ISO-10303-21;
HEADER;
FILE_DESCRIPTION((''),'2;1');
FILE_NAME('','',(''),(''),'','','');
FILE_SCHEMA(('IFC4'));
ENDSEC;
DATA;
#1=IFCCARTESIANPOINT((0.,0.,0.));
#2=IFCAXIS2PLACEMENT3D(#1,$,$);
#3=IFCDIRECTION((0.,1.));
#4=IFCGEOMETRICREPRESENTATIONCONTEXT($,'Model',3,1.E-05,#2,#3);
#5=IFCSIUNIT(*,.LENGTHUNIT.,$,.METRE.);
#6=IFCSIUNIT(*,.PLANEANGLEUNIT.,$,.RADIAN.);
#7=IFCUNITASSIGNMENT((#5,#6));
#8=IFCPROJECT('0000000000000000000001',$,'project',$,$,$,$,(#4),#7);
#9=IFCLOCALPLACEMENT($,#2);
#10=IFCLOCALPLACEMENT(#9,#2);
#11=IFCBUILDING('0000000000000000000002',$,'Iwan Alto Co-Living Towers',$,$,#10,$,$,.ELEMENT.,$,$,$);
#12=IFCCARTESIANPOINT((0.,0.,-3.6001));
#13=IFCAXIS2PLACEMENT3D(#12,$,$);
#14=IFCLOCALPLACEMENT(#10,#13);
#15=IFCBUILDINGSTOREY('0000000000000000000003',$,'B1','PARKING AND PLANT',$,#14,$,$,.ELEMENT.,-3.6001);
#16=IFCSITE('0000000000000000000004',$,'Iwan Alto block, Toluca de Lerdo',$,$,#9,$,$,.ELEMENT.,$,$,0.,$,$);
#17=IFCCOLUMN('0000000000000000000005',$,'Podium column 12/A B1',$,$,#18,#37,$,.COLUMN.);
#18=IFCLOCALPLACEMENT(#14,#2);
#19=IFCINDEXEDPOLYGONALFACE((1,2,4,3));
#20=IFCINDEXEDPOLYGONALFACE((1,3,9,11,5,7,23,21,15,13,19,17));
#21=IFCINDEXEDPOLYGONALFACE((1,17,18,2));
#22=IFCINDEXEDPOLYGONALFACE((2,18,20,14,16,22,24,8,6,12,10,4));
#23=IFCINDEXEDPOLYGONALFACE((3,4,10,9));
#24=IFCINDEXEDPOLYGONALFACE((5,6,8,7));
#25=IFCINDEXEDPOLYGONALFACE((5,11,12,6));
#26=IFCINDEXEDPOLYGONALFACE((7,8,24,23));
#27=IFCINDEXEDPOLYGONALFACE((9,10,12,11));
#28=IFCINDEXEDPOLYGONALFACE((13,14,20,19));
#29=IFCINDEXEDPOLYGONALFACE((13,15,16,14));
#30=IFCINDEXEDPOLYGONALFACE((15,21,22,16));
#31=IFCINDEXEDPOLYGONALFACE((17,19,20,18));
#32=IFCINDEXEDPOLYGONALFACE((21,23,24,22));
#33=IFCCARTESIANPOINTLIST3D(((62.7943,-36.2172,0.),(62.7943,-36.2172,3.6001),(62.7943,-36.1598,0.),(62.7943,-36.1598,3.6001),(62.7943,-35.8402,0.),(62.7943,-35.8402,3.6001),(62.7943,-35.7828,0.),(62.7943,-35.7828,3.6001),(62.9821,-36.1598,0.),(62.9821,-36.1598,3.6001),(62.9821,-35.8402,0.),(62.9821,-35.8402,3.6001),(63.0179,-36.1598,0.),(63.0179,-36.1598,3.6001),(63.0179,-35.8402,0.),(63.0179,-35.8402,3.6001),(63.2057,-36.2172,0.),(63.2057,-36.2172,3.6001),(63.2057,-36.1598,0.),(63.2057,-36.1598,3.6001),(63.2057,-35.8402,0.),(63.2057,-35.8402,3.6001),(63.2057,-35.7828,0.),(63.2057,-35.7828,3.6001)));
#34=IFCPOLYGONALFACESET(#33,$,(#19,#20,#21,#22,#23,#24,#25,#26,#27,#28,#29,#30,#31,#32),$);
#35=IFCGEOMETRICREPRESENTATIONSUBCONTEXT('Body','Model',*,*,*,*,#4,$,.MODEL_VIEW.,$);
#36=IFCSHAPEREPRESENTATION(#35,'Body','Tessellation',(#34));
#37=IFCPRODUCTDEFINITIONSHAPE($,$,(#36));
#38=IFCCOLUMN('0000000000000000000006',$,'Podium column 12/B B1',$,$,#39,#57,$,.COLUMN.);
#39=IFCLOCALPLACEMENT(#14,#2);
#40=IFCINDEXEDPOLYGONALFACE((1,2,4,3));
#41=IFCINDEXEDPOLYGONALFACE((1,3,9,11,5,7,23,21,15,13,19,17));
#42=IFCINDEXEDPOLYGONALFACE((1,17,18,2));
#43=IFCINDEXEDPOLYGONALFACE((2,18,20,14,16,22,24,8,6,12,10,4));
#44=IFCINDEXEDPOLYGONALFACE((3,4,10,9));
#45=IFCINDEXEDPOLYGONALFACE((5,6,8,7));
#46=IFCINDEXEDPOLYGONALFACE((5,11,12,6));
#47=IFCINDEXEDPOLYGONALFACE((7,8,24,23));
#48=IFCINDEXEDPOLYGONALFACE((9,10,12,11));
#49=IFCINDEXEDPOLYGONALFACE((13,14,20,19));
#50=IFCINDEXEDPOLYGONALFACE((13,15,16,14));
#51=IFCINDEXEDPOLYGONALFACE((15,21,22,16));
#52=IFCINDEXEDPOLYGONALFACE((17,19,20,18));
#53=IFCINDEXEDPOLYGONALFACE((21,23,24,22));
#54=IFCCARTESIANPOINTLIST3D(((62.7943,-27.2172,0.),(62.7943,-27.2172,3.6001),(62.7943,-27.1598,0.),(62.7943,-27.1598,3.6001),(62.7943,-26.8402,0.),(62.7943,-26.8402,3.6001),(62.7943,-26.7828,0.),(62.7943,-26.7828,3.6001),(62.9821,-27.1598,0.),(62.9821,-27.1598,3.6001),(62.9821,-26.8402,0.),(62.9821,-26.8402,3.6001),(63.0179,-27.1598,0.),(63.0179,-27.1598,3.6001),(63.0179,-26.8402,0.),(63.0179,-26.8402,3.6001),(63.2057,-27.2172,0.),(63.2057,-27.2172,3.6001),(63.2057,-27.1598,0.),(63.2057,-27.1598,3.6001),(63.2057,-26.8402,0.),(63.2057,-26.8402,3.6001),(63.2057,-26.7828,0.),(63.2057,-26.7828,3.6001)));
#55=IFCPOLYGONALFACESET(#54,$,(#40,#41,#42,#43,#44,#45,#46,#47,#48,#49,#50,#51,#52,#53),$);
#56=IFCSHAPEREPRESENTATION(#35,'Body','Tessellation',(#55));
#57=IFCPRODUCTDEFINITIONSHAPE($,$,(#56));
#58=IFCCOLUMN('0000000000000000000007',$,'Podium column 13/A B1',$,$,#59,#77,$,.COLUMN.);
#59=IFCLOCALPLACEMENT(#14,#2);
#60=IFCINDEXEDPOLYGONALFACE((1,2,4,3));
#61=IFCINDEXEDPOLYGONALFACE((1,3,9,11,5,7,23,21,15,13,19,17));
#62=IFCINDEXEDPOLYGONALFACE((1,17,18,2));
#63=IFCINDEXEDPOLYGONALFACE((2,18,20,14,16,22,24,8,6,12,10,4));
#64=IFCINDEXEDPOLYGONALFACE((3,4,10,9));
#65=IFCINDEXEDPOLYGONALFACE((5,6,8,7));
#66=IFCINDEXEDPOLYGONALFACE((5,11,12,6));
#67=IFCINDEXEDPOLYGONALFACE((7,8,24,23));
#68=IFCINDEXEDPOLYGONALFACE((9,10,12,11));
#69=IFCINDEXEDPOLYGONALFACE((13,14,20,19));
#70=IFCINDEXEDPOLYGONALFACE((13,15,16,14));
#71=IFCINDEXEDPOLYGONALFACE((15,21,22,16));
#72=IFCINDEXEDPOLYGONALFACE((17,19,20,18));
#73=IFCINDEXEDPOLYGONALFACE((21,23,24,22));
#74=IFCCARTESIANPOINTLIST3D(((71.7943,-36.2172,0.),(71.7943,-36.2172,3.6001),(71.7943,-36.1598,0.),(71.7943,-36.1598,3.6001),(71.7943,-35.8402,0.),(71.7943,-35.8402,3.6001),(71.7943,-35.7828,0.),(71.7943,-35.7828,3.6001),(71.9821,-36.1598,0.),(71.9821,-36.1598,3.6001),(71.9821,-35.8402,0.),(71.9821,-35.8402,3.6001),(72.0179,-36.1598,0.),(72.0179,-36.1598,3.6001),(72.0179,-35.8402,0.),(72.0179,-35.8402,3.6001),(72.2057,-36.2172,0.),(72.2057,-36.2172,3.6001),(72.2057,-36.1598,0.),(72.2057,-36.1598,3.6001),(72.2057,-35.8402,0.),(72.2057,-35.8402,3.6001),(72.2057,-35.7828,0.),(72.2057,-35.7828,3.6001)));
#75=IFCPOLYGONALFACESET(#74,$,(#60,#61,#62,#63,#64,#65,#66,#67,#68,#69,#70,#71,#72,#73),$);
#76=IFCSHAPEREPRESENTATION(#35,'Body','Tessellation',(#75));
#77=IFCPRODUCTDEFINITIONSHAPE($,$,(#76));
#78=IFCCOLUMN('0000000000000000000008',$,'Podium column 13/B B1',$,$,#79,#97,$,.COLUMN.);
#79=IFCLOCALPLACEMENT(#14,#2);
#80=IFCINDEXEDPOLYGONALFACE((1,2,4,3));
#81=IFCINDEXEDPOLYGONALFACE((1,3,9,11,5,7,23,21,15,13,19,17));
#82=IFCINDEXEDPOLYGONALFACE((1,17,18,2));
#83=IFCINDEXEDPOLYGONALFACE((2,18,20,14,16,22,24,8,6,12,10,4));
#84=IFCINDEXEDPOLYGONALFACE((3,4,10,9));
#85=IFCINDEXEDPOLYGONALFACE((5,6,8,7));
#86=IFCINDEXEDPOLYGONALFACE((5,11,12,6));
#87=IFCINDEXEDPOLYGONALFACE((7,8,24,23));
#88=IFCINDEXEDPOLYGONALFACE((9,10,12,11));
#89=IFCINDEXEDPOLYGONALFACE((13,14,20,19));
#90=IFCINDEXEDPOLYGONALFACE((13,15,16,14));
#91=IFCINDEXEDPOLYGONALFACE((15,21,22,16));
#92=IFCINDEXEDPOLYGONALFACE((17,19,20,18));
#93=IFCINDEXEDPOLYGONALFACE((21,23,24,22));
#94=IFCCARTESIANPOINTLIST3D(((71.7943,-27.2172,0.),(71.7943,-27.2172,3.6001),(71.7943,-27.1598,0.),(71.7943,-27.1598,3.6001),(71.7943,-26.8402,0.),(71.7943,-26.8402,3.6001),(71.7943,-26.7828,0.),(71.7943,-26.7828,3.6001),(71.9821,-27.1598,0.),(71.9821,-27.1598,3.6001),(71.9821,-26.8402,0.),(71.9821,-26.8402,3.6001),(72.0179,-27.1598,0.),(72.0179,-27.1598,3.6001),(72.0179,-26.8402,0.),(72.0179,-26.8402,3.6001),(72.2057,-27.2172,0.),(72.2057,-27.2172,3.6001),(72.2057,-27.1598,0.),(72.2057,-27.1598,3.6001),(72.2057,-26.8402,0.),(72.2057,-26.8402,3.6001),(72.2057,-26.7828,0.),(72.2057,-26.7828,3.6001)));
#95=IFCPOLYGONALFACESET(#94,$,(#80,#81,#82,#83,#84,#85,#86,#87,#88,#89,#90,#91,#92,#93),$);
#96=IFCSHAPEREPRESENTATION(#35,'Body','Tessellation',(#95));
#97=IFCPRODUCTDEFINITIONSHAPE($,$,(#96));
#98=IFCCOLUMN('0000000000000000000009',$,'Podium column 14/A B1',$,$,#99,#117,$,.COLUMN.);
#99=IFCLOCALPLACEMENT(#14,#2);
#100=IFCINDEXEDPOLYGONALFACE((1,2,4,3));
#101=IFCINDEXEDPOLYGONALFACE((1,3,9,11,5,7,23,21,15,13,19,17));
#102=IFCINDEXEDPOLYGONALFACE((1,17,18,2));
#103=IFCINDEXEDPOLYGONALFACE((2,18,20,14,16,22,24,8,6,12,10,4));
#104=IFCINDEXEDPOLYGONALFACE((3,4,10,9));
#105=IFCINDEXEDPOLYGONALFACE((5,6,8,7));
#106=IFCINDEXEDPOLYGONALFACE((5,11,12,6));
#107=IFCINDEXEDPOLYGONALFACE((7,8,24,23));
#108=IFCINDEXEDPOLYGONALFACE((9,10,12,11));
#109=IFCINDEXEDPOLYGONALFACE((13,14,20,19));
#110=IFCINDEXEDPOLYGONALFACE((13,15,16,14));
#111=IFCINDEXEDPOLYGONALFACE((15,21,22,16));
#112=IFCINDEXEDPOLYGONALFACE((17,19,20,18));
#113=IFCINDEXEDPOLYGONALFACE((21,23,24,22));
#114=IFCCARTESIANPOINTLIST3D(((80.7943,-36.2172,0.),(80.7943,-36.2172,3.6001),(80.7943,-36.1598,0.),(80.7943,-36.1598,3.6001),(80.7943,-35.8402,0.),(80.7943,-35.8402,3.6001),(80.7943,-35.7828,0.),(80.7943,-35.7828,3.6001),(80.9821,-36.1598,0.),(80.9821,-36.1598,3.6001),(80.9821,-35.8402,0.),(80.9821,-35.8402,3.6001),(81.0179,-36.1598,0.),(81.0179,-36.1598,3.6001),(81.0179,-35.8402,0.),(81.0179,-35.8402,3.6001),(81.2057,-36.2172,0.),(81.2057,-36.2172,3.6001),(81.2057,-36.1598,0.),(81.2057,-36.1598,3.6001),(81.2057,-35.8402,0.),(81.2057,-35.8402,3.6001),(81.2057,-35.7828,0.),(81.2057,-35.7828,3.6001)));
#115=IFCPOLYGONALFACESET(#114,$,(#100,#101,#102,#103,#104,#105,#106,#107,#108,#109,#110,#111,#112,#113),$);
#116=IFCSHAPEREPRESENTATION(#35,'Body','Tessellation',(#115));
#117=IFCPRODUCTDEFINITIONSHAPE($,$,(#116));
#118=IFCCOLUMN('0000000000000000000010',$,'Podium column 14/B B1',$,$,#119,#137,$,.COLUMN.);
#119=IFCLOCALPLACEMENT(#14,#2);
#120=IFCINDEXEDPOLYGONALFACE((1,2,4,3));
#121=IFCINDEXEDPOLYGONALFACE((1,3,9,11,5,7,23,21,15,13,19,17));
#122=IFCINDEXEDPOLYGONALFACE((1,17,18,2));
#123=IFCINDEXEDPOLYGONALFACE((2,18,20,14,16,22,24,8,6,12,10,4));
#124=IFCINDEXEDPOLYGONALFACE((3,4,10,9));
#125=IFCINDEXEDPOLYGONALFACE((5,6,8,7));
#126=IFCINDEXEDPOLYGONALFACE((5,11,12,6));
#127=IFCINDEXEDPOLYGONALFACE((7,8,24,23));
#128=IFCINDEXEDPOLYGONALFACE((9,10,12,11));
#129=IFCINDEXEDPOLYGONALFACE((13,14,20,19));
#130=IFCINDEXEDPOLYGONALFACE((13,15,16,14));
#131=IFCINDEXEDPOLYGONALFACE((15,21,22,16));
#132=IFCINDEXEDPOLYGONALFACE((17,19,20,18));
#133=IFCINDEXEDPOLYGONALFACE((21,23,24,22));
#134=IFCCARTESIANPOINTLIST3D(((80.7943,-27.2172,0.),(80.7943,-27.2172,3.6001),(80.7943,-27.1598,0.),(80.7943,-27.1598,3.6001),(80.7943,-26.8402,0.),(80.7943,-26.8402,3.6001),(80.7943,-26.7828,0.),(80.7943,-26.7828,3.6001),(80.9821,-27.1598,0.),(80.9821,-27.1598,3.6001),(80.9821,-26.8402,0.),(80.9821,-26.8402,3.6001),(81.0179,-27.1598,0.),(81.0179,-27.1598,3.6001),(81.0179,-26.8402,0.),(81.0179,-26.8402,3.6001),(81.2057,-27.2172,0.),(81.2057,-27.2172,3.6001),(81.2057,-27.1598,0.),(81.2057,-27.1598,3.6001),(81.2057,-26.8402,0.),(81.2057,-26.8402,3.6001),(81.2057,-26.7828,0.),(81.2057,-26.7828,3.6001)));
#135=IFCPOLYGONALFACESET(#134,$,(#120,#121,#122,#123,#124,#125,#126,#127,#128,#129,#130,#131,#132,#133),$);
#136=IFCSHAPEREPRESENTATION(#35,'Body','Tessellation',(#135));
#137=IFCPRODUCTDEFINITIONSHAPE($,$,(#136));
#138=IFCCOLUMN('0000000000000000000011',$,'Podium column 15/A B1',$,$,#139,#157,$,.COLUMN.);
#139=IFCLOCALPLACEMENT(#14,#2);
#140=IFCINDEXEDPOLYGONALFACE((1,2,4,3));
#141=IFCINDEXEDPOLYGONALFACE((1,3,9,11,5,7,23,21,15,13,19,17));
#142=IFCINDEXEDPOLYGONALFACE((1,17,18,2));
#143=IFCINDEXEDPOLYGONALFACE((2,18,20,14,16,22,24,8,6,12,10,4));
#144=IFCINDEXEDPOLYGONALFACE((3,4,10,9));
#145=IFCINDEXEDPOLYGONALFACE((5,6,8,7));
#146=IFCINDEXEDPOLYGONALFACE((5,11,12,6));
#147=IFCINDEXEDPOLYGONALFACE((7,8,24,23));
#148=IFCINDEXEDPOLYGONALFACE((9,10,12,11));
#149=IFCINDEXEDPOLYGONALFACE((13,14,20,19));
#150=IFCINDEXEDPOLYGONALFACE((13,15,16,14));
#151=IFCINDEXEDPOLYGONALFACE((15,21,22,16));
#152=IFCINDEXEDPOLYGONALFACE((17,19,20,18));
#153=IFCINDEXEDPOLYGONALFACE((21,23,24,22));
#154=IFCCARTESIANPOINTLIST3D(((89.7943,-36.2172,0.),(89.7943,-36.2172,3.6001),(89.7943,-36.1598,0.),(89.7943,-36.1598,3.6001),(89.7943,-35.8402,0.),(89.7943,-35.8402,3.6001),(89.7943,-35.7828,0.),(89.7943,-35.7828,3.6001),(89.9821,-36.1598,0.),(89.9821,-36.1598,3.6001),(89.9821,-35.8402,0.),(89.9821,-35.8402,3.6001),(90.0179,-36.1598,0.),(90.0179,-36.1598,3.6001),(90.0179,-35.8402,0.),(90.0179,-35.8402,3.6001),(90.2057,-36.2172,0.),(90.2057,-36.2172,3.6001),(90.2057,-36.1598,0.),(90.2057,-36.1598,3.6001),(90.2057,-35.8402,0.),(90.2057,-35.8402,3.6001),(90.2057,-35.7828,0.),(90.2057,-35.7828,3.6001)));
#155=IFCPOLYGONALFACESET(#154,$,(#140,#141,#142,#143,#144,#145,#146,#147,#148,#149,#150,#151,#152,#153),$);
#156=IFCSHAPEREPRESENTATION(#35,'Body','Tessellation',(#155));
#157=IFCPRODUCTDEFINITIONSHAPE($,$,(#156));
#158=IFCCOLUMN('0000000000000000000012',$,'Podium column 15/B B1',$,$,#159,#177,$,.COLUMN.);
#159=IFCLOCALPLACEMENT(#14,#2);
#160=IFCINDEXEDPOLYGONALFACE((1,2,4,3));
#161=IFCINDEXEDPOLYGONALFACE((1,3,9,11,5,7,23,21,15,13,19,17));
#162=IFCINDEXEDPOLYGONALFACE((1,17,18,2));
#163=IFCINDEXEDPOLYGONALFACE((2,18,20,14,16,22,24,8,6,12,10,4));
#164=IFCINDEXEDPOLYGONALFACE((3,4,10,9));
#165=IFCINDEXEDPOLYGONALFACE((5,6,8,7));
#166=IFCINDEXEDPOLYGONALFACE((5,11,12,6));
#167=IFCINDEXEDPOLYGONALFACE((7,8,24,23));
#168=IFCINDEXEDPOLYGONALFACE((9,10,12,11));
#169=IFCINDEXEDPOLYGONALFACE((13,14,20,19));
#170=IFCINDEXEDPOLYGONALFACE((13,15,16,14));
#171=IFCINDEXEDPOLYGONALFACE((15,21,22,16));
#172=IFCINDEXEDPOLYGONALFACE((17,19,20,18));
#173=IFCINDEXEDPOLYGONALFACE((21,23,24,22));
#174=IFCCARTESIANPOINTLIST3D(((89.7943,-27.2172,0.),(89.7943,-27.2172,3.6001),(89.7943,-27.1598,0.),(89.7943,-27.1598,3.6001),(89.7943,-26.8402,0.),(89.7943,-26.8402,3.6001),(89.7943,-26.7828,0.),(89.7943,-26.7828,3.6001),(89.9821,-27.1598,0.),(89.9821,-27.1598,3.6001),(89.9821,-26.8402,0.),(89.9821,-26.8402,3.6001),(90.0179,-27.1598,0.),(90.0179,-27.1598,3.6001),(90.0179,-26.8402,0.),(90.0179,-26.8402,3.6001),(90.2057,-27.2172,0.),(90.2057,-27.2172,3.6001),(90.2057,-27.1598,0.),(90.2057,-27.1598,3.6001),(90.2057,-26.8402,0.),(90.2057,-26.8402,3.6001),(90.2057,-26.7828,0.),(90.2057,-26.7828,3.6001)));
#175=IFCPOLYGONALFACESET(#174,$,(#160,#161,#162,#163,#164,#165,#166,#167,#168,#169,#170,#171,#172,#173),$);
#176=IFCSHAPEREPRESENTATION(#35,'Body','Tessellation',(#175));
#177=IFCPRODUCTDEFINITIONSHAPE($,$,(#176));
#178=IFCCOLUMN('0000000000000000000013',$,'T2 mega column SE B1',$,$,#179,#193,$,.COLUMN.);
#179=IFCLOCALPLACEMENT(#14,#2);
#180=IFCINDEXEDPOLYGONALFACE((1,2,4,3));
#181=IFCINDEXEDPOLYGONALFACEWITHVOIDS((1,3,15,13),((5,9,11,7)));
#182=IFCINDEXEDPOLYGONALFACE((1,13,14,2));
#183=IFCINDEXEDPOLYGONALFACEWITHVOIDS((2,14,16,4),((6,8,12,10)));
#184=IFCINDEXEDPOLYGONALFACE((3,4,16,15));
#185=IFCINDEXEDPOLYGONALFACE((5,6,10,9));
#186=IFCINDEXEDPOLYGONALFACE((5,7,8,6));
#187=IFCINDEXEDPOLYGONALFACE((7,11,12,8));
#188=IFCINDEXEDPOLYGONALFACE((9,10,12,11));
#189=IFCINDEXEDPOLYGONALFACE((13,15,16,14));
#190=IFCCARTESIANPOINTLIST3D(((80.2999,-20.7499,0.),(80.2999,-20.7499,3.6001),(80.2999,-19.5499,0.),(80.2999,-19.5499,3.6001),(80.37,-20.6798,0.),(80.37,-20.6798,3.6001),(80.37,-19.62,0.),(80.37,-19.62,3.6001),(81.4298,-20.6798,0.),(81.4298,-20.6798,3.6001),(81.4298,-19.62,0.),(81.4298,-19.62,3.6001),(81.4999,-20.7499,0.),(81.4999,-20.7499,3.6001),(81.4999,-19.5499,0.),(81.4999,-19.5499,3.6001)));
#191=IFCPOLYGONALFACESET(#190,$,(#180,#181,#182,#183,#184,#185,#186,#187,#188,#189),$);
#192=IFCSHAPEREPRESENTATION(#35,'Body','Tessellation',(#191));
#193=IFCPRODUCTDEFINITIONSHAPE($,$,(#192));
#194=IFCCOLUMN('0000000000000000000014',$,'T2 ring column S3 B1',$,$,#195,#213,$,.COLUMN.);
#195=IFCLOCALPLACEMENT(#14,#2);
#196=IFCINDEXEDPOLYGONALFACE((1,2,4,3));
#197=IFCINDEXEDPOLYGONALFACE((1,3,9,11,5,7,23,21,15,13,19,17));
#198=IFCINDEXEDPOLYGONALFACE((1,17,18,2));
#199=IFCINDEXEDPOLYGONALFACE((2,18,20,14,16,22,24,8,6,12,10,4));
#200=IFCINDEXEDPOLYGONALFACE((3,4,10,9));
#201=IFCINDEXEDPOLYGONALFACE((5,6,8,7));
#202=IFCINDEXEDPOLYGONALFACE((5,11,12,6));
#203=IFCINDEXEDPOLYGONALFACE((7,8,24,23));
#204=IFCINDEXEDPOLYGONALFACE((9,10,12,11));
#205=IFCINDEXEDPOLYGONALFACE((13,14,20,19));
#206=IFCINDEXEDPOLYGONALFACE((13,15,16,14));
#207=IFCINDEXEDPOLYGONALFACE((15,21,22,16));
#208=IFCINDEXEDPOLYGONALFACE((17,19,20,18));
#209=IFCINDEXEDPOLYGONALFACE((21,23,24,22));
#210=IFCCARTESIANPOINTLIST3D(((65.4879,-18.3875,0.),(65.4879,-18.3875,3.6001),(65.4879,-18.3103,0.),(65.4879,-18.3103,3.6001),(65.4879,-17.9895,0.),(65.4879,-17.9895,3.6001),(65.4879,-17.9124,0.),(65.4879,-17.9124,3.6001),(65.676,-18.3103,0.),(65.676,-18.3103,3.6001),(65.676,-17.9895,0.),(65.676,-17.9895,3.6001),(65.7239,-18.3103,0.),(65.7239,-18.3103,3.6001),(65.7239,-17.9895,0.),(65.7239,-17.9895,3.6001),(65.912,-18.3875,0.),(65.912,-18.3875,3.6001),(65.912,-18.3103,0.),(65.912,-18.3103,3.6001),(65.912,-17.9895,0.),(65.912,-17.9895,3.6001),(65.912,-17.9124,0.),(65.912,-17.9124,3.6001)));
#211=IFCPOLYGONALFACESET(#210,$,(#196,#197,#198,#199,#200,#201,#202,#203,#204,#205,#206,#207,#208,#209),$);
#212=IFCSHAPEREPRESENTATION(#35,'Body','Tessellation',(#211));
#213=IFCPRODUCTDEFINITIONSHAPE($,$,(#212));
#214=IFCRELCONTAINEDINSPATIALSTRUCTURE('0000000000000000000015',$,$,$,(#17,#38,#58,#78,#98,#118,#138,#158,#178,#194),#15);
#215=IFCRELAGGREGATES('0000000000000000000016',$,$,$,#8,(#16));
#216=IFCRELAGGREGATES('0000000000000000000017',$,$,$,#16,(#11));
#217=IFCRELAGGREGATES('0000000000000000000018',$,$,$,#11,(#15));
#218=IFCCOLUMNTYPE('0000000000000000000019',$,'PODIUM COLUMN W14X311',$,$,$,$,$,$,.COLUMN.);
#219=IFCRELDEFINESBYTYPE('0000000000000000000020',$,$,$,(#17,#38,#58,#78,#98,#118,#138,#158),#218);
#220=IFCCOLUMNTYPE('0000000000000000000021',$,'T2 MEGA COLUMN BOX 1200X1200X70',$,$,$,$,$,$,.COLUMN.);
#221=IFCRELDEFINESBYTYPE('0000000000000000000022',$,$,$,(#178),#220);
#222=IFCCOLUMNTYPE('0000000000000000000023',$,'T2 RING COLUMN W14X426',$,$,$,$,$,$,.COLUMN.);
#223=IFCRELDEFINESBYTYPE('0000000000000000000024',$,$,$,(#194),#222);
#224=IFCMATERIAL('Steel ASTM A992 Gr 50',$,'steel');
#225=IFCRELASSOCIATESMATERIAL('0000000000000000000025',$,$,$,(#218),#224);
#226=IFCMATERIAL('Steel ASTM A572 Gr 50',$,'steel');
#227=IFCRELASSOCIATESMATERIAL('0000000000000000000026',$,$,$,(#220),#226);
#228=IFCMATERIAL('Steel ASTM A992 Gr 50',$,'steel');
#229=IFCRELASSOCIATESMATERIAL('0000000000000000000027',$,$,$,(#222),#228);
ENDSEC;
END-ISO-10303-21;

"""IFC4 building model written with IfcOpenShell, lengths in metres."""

from ifc_helpers import new_model, si_unit, direction, frame, origin, origin_2d, place, context, subcontext, project, spatial, hollow_rectangle, i_section, extrude, material, material_profile, profile_set, type_object, element, save


model = new_model("IFC4")

# Units and contexts
model_context = context("Model", 3, precision=1e-05, world=origin(), true_north=direction((0.0, 1.0)))
body_context = subcontext(model_context, "Body", "Model", "MODEL_VIEW")
ifc_project = project(units=[si_unit("LENGTHUNIT", "METRE"), si_unit("PLANEANGLEUNIT", "RADIAN")], contexts=[model_context])

# Site, building, storey
site_placement = place(None, origin())
site = spatial("IfcSite", under=ifc_project, at=site_placement, Name="Iwan Alto block, Toluca de Lerdo", CompositionType="ELEMENT", RefElevation=0.0)
building_placement = place(site_placement, origin())
building = spatial("IfcBuilding", under=site, at=building_placement, Name="Iwan Alto Co-Living Towers", CompositionType="ELEMENT")
storey_placement = place(building_placement, frame((0.0, 0.0, -3.6001)))
storey = spatial("IfcBuildingStorey", under=building, at=storey_placement, Name="B1", Description="PARKING AND PLANT", CompositionType="ELEMENT", Elevation=-3.6001)

# Columns
ifc_material_1 = material(Name="Steel ASTM A992 Gr 50", Category="steel")
ifc_material_profile_1 = material_profile(ifc_material_1, i_section(OverallWidth=0.4114, OverallDepth=0.4343, WebThickness=0.0359, FlangeThickness=0.0574, at=origin_2d()), Name="W14X311")
ifc_profile_set_1 = profile_set([ifc_material_profile_1], Name="Steel ASTM A992 Gr 50")
column_type_1 = type_object("IfcColumnType", Name="PODIUM COLUMN W14X311", PredefinedType="COLUMN", material=ifc_profile_set_1)
for number, where, z_axis, x_axis, name in (
    (1, (63.0, -36.0, 0.0), (0.0, 0.0, 1.0), (1.0, 0.0, 0.0), "Podium column 12/A B1"),
    (2, (63.0, -27.0, 0.0), (0.0, 0.0, 1.0), (1.0, 0.0, 0.0), "Podium column 12/B B1"),
    (3, (72.0, -36.0, 0.0), (0.0, 0.0, 1.0), (1.0, 0.0, 0.0), "Podium column 13/A B1"),
    (4, (72.0, -27.0, 0.0), (0.0, 0.0, 1.0), (1.0, 0.0, 0.0), "Podium column 13/B B1"),
    (5, (81.0, -36.0, 0.0), (0.0, 0.0, 1.0), (1.0, 0.0, 0.0), "Podium column 14/A B1"),
    (6, (81.0, -27.0, 0.0), (0.0, 0.0, 1.0), (1.0, 0.0, 0.0), "Podium column 14/B B1"),
    (7, (90.0, -36.0, 0.0), (0.0, 0.0, 1.0), (1.0, 0.0, 0.0), "Podium column 15/A B1"),
    (8, (90.0, -27.0, 0.0), (0.0, 0.0, 1.0), (1.0, 0.0, 0.0), "Podium column 15/B B1"),
):
    element("IfcColumn", number, at=place(storey_placement, frame(where, z_axis=z_axis, x_axis=x_axis)), inside=storey, type_object=column_type_1, Name=name, PredefinedType="COLUMN", context=body_context, shape_type="SweptSolid", body=[
        extrude(i_section(OverallWidth=0.4114, OverallDepth=0.4343, WebThickness=0.0359, FlangeThickness=0.0574, at=origin_2d()), origin(), (0.0, 0.0, 1.0), 3.6001),
    ])
ifc_material_2 = material(Name="Steel ASTM A572 Gr 50", Category="steel")
ifc_material_profile_2 = material_profile(ifc_material_2, hollow_rectangle(XDim=1.2, YDim=1.2, WallThickness=0.0701, at=origin_2d()), Name="BOX 1200X1200X70")
ifc_profile_set_2 = profile_set([ifc_material_profile_2], Name="Steel ASTM A572 Gr 50")
column_type_2 = type_object("IfcColumnType", Name="T2 MEGA COLUMN BOX 1200X1200X70", PredefinedType="COLUMN", material=ifc_profile_set_2)
column_placement = place(storey_placement, frame((80.8999, -20.1499, 0.0), z_axis=(0.0, 0.0, 1.0), x_axis=(1.0, 0.0, 0.0)))
element("IfcColumn", 9, at=column_placement, inside=storey, type_object=column_type_2, Name="T2 mega column SE B1", PredefinedType="COLUMN", context=body_context, shape_type="SweptSolid", body=[
    extrude(hollow_rectangle(XDim=1.2, YDim=1.2, WallThickness=0.0701, at=origin_2d()), origin(), (0.0, 0.0, 1.0), 3.6001),
])
ifc_material_3 = material(Name="Steel ASTM A992 Gr 50", Category="steel")
ifc_material_profile_3 = material_profile(ifc_material_3, i_section(OverallWidth=0.4241, OverallDepth=0.4751, WebThickness=0.0479, FlangeThickness=0.0771, at=origin_2d()), Name="W14X426")
ifc_profile_set_3 = profile_set([ifc_material_profile_3], Name="Steel ASTM A992 Gr 50")
column_type_3 = type_object("IfcColumnType", Name="T2 RING COLUMN W14X426", PredefinedType="COLUMN", material=ifc_profile_set_3)
for number, where, z_axis, x_axis, name in (
    (10, (65.7, -18.1499, 0.0), (0.0, 0.0, 1.0), (1.0, 0.0, 0.0), "T2 ring column S3 B1"),
):
    element("IfcColumn", number, at=place(storey_placement, frame(where, z_axis=z_axis, x_axis=x_axis)), inside=storey, type_object=column_type_3, Name=name, PredefinedType="COLUMN", context=body_context, shape_type="SweptSolid", body=[
        extrude(i_section(OverallWidth=0.4241, OverallDepth=0.4751, WebThickness=0.0479, FlangeThickness=0.0771, at=origin_2d()), origin(), (0.0, 0.0, 1.0), 3.6001),
    ])

save(model, "model.ifc")
